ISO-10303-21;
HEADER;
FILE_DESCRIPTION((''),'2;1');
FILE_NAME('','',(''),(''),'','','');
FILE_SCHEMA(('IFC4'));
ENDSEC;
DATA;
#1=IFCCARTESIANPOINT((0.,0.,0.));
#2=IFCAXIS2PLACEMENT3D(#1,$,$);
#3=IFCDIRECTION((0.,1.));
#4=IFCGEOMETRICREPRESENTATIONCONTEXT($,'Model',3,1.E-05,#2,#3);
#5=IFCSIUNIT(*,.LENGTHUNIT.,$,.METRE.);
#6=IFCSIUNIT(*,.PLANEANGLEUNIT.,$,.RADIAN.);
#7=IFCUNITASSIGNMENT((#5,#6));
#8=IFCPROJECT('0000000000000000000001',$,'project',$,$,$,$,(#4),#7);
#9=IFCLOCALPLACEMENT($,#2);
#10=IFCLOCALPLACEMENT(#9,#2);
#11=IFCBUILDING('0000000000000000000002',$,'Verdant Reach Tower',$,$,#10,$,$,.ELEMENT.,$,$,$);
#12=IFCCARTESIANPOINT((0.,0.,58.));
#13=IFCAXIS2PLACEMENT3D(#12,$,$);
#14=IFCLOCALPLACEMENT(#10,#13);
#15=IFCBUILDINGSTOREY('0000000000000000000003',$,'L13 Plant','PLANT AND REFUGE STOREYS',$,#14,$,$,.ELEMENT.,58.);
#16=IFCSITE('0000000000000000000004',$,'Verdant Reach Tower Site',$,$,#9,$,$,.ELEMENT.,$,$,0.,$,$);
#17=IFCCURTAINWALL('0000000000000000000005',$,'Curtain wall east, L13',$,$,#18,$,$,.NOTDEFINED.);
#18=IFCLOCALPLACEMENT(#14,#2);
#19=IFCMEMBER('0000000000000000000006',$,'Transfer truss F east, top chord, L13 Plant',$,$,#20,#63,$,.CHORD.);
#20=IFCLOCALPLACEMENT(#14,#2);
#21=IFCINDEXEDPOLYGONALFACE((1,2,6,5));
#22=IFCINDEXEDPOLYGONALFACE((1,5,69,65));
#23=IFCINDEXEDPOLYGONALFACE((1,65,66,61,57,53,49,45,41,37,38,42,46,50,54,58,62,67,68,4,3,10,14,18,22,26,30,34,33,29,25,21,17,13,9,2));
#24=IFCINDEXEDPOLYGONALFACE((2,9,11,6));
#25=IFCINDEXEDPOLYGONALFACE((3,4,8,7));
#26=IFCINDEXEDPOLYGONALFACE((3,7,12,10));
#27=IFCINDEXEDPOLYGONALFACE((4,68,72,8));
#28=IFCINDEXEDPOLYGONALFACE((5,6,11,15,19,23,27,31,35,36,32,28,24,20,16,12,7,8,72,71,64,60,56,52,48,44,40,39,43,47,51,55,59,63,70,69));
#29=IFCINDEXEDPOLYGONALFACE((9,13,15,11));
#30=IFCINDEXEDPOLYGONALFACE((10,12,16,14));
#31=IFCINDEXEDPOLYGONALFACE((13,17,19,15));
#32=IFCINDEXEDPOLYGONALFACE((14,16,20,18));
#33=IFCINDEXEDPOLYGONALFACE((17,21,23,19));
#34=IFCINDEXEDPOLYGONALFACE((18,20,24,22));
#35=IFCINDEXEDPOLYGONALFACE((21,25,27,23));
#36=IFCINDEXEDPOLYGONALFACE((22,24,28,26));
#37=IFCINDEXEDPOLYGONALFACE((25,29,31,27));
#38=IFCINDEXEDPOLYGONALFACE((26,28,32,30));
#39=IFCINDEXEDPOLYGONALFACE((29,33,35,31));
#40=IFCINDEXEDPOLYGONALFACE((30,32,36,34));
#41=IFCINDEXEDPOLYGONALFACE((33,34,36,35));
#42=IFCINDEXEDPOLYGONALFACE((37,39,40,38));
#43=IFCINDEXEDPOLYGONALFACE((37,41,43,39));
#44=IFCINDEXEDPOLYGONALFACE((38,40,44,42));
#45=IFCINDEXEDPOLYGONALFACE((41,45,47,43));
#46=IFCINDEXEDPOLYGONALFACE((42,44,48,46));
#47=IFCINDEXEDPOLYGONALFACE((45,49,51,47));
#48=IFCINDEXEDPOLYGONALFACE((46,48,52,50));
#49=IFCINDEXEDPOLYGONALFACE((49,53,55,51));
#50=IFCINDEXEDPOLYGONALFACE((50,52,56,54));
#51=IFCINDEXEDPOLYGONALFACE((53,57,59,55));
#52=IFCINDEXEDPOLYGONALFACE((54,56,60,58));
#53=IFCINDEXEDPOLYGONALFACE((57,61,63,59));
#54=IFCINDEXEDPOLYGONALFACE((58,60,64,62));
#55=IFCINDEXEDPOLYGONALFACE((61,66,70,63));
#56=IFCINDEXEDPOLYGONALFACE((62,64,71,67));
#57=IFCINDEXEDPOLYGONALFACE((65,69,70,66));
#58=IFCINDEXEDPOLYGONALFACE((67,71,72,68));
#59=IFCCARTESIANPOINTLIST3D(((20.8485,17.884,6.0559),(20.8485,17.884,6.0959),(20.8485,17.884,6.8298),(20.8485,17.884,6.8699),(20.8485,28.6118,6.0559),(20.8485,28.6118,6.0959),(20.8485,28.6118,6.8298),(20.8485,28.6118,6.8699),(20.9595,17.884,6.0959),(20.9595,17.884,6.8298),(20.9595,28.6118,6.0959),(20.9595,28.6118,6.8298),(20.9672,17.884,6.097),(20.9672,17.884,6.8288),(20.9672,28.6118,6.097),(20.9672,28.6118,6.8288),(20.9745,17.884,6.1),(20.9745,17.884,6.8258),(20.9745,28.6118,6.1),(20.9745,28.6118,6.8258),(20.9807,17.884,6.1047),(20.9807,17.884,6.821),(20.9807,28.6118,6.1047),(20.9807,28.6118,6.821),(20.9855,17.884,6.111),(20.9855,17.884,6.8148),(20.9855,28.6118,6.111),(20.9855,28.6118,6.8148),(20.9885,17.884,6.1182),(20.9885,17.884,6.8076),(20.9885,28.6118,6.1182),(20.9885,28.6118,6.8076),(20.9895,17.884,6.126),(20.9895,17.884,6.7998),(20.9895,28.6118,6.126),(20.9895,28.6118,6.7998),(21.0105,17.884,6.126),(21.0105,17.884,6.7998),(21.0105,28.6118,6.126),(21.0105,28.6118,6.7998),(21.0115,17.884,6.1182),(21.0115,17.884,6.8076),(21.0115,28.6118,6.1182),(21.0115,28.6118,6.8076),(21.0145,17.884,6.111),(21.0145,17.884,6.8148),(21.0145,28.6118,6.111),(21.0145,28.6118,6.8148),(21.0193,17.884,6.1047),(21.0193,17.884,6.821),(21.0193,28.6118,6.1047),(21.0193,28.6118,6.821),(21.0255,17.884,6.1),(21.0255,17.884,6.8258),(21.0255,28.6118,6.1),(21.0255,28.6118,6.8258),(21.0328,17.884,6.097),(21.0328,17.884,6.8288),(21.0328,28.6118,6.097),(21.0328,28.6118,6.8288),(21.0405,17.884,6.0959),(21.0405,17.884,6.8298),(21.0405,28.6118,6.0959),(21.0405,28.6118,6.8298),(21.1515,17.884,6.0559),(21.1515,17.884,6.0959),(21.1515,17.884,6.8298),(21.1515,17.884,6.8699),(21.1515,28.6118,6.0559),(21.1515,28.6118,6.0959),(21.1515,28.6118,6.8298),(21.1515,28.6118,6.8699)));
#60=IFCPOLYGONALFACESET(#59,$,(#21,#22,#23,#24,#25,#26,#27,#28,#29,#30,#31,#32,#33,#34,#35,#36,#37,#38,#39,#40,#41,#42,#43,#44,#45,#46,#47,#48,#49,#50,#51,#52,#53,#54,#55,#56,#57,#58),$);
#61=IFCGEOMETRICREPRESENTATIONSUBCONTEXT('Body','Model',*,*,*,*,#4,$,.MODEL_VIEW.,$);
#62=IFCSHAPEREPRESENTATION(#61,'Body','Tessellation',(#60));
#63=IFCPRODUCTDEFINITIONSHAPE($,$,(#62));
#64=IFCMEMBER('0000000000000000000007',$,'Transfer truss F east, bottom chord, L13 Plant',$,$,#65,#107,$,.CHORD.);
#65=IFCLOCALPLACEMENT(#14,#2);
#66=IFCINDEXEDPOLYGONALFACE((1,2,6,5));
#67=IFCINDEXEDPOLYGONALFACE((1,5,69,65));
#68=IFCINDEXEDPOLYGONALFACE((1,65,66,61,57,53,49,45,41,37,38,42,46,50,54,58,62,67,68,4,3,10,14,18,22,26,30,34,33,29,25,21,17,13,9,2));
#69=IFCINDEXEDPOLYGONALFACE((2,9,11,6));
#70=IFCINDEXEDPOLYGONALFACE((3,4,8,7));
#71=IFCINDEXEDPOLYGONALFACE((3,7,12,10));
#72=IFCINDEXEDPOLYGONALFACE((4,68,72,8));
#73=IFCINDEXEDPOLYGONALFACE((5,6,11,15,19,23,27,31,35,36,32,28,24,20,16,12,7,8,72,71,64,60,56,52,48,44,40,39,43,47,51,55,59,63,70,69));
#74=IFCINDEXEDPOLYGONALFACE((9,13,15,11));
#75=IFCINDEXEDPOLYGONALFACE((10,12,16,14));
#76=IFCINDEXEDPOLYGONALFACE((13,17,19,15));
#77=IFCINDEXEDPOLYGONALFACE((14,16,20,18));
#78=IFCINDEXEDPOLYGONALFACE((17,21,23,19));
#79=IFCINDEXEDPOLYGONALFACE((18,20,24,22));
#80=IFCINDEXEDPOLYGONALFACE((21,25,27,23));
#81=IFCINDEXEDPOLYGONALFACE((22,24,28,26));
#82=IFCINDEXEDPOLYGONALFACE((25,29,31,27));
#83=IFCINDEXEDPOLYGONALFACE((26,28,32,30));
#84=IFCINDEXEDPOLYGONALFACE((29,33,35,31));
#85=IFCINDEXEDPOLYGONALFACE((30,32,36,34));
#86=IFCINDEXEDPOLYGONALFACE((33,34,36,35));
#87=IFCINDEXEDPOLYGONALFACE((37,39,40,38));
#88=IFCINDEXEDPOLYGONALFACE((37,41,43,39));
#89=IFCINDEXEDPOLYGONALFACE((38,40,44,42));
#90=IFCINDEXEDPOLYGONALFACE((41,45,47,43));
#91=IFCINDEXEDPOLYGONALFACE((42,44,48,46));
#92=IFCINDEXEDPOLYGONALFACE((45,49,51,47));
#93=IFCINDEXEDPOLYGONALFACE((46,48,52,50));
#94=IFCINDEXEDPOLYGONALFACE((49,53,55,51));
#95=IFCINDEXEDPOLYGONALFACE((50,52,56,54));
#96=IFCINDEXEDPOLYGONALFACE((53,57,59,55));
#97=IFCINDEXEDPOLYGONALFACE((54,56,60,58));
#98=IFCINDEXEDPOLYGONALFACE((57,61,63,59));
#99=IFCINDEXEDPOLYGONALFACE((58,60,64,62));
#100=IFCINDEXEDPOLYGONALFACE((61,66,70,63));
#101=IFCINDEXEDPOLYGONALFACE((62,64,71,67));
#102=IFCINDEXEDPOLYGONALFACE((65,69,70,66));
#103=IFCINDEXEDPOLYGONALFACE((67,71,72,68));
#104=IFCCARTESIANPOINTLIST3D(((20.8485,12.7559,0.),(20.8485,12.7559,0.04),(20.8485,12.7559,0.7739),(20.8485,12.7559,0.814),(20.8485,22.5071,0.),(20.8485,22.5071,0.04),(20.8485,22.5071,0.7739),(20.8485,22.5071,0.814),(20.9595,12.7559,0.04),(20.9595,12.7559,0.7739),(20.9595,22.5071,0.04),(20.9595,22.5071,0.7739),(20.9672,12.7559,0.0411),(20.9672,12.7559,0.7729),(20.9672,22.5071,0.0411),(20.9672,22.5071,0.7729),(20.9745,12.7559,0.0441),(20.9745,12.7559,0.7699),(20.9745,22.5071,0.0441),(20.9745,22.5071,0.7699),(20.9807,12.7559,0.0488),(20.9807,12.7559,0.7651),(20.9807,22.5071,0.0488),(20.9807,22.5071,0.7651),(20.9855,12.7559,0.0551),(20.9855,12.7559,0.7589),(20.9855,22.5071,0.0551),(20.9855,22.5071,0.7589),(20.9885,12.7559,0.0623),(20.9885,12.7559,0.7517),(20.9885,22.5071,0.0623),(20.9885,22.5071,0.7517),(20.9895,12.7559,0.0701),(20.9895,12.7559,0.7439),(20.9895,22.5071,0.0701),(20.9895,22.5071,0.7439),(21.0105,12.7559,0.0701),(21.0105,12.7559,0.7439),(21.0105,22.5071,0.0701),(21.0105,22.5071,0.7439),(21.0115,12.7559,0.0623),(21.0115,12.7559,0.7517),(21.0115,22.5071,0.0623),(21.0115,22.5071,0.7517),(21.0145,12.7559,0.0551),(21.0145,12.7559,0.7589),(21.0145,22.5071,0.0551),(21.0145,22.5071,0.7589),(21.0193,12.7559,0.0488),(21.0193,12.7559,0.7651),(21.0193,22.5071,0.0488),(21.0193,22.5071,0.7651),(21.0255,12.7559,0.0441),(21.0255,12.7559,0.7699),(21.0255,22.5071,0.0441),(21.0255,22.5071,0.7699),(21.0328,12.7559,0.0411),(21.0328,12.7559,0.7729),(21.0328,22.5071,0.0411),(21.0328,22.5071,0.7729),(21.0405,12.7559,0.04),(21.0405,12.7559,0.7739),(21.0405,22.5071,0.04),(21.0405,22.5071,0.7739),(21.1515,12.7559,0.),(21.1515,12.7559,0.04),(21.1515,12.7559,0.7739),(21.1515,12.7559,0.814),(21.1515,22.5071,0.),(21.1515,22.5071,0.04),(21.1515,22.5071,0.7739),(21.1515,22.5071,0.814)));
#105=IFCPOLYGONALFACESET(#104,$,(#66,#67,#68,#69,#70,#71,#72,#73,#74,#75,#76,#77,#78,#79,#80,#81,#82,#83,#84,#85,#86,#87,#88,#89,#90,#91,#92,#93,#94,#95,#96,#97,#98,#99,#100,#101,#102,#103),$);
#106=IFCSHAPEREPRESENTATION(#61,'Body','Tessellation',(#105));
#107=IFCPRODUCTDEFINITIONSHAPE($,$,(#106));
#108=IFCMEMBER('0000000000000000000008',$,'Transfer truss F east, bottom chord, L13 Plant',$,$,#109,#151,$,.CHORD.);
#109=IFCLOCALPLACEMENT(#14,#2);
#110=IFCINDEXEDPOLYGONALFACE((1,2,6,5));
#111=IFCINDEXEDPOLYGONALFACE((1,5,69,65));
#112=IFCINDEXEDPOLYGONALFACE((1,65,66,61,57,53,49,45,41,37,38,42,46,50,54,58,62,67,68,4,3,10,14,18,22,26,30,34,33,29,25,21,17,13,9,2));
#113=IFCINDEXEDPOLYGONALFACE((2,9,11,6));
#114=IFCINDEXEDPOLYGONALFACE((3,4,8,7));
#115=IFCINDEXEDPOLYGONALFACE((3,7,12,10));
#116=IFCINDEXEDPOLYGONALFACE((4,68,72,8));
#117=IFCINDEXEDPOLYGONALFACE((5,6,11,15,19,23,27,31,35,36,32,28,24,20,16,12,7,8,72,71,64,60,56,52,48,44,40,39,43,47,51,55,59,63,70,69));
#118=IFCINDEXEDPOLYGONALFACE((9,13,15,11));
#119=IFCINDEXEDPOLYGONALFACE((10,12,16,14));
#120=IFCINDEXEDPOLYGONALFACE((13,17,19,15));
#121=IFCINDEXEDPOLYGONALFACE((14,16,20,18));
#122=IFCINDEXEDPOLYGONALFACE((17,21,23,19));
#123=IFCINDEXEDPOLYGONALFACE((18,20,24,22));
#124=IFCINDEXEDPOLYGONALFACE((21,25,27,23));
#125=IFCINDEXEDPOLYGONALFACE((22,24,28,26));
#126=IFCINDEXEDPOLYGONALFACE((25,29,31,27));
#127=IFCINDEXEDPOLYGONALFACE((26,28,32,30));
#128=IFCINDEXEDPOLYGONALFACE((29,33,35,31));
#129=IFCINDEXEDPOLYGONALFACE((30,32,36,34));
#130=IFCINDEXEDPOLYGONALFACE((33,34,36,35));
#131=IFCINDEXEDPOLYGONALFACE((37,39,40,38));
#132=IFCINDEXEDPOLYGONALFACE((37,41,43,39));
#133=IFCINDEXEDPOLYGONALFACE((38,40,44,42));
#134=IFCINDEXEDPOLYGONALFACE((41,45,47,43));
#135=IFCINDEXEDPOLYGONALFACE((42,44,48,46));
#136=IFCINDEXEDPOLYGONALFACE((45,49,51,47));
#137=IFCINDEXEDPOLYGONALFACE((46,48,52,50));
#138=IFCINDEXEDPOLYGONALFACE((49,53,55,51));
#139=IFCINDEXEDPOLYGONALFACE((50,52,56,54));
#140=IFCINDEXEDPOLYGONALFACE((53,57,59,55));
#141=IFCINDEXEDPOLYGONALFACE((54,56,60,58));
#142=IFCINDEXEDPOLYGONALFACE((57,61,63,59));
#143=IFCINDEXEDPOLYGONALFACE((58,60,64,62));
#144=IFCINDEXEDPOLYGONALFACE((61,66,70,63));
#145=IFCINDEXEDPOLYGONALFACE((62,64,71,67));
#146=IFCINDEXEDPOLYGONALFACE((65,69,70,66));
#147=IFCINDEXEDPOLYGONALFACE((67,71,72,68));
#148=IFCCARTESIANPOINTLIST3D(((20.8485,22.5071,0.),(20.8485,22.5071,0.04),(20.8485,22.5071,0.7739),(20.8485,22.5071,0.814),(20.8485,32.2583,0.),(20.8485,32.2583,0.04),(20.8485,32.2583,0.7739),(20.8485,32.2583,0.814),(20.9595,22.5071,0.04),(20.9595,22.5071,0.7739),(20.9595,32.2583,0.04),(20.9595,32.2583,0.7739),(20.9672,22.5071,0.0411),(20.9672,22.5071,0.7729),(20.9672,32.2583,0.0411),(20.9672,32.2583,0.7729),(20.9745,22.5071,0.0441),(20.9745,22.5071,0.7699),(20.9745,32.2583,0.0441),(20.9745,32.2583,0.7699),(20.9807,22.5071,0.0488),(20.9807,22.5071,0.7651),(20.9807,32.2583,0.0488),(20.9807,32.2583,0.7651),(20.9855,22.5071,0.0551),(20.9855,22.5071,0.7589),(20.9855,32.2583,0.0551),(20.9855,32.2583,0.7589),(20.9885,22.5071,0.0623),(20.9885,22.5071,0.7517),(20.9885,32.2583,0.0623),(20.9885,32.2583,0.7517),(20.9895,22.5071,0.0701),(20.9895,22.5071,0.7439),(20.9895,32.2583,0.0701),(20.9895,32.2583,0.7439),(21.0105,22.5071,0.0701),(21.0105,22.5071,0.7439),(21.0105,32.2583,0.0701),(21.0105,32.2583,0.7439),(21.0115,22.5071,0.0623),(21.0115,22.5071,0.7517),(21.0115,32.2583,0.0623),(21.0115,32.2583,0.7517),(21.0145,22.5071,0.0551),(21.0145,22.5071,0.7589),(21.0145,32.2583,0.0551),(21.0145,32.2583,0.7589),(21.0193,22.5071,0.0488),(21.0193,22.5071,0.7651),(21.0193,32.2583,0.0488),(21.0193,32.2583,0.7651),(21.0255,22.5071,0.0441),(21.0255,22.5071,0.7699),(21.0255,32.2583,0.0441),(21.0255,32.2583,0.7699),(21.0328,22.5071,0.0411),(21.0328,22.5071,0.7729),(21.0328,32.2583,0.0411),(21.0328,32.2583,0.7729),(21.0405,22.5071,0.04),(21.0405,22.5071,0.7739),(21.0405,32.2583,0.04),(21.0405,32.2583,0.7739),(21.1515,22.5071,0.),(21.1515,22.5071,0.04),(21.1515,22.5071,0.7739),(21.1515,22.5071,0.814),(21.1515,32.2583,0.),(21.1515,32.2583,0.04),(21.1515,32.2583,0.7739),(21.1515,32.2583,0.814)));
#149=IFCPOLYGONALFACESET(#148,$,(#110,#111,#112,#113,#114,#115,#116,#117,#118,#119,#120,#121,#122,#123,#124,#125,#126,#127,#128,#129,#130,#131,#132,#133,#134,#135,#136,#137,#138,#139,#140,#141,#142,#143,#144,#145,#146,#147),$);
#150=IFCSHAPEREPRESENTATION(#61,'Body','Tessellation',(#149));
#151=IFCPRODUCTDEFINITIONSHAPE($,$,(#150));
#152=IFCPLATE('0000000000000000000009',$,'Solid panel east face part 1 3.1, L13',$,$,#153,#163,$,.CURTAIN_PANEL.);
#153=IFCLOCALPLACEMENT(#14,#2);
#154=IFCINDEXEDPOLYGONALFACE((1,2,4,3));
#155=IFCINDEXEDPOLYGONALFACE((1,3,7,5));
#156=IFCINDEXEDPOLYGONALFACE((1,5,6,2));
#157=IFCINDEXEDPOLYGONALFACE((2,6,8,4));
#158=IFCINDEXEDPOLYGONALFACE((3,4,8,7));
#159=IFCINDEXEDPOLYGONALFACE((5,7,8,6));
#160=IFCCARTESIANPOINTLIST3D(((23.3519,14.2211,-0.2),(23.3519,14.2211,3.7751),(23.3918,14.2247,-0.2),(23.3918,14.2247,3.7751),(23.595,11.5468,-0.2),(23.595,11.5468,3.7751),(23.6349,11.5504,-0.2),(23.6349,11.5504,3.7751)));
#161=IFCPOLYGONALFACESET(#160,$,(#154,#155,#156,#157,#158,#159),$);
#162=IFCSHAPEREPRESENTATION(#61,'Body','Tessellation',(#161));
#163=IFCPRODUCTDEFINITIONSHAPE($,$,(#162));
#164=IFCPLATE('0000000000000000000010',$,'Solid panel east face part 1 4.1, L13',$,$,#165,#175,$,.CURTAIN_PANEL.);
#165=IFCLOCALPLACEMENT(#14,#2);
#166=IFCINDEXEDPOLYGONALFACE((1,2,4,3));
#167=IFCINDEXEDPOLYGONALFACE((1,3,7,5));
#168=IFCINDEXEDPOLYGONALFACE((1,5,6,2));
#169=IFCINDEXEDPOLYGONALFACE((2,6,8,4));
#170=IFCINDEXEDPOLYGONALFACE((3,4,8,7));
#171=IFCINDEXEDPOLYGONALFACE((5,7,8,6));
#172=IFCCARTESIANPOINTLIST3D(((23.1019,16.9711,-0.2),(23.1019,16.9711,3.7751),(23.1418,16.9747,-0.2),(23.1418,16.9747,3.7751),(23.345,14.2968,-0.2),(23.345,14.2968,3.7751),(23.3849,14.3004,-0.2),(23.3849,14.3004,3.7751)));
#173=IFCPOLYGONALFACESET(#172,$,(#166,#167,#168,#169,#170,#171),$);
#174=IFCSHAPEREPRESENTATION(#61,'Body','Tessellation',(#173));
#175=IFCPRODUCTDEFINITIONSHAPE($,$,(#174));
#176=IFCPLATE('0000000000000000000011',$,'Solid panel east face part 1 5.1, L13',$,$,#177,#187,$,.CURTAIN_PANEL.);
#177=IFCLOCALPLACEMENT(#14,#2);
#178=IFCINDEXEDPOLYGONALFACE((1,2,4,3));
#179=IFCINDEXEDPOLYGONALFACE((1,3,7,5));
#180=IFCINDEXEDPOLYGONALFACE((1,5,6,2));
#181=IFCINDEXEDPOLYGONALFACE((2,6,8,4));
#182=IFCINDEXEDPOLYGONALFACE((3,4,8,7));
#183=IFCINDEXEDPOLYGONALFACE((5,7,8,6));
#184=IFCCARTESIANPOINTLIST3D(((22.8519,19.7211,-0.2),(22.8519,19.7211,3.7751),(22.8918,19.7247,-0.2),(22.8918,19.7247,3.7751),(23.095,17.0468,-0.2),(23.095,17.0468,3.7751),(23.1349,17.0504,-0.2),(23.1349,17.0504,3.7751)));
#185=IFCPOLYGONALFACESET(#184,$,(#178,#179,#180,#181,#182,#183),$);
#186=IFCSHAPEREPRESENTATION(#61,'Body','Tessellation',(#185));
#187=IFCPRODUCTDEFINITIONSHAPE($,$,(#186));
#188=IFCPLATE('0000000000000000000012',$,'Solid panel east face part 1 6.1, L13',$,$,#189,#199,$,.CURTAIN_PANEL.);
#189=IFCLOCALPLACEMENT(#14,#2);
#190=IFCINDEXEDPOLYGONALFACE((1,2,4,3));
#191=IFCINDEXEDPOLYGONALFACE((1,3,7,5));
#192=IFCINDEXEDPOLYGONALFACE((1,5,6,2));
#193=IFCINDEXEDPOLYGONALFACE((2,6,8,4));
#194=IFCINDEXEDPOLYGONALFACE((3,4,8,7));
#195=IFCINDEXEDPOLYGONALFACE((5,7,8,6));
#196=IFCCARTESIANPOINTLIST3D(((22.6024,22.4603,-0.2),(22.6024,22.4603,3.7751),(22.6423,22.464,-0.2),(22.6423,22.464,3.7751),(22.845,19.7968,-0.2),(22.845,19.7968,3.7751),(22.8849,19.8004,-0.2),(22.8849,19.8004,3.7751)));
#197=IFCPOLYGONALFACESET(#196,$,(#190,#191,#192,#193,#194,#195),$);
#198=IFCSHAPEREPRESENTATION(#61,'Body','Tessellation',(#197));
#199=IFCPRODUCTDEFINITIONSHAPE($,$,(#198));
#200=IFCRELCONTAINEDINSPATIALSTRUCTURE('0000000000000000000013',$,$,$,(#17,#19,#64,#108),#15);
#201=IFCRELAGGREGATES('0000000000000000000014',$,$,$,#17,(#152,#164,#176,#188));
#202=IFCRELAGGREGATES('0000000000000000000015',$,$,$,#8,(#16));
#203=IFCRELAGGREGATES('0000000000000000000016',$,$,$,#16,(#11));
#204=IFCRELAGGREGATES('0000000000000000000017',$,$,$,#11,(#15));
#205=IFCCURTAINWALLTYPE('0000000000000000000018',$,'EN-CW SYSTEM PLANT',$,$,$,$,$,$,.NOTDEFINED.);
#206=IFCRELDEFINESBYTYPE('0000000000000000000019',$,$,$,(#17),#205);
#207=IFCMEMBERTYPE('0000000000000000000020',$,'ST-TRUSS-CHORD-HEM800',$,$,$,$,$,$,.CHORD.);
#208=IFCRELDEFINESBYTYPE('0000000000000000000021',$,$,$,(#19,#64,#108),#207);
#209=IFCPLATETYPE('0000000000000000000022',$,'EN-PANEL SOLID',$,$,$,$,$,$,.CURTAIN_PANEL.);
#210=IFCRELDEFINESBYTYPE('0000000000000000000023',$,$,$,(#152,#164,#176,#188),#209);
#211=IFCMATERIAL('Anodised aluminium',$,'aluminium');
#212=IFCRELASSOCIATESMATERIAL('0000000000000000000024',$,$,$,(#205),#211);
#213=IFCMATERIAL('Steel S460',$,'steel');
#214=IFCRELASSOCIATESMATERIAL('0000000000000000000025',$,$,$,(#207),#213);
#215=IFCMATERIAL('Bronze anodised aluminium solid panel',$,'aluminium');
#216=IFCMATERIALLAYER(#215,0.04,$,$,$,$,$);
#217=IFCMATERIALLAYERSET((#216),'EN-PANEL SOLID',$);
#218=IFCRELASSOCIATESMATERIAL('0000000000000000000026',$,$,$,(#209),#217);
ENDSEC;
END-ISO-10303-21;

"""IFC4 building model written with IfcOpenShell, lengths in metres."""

from ifc_helpers import new_model, si_unit, direction, frame, origin, origin_2d, place, context, subcontext, project, spatial, rectangle, i_section, extrude, material, layer, layer_set, material_profile, profile_set, type_object, element, aggregate, save


model = new_model("IFC4")

# Units and contexts
model_context = context("Model", 3, precision=1e-05, world=origin(), true_north=direction((0.0, 1.0)))
body_context = subcontext(model_context, "Body", "Model", "MODEL_VIEW")
ifc_project = project(units=[si_unit("LENGTHUNIT", "METRE"), si_unit("PLANEANGLEUNIT", "RADIAN")], contexts=[model_context])

# Site, building, storey
site_placement = place(None, origin())
site = spatial("IfcSite", under=ifc_project, at=site_placement, Name="Verdant Reach Tower Site", CompositionType="ELEMENT", RefElevation=0.0)
building_placement = place(site_placement, origin())
building = spatial("IfcBuilding", under=site, at=building_placement, Name="Verdant Reach Tower", CompositionType="ELEMENT")
storey_placement = place(building_placement, frame((0.0, 0.0, 58.0)))
storey = spatial("IfcBuildingStorey", under=building, at=storey_placement, Name="L13 Plant", Description="PLANT AND REFUGE STOREYS", CompositionType="ELEMENT", Elevation=58.0)

# Shared definitions
ifc_material_1 = material(Name="Steel S460", Category="steel")

# Curtain wall
ifc_material_2 = material(Name="Anodised aluminium", Category="aluminium")
curtain_wall_type = type_object("IfcCurtainWallType", Name="EN-CW SYSTEM PLANT", PredefinedType="NOTDEFINED", material=ifc_material_2)
curtain_wall_placement = place(storey_placement, origin())
curtain_wall = element("IfcCurtainWall", 1, at=curtain_wall_placement, inside=storey, type_object=curtain_wall_type, Name="Curtain wall east, L13", PredefinedType="NOTDEFINED")

# Members
ifc_material_profile_1 = material_profile(ifc_material_1, i_section(OverallWidth=0.303, OverallDepth=0.814, WebThickness=0.021, FlangeThickness=0.04, FilletRadius=0.03, at=origin_2d()), Name="HEM 800")
ifc_profile_set_1 = profile_set([ifc_material_profile_1], Name="Steel S460")
member_type_1 = type_object("IfcMemberType", Name="ST-TRUSS-CHORD-HEM800", PredefinedType="CHORD", material=ifc_profile_set_1)
member_1_placement = place(storey_placement, frame((21.0, 17.884, 6.4629), z_axis=(0.0, 1.0, 0.0), x_axis=(-1.0, 0.0, 0.0)))
element("IfcMember", 2, at=member_1_placement, inside=storey, type_object=member_type_1, Name="Transfer truss F east, top chord, L13 Plant", PredefinedType="CHORD", context=body_context, shape_type="SweptSolid", body=[
    extrude(i_section(OverallWidth=0.303, OverallDepth=0.814, WebThickness=0.021, FlangeThickness=0.04, FilletRadius=0.03, at=origin_2d()), origin(), (0.0, 0.0, 1.0), 10.7278),
])
for number, where, z_axis, x_axis, name in (
    (3, (21.0, 12.7559, 0.407), (0.0, 1.0, 0.0), (-1.0, 0.0, 0.0), "Transfer truss F east, bottom chord, L13 Plant"),
    (4, (21.0, 22.5071, 0.407), (0.0, 1.0, 0.0), (-1.0, 0.0, 0.0), "Transfer truss F east, bottom chord, L13 Plant"),
):
    element("IfcMember", number, at=place(storey_placement, frame(where, z_axis=z_axis, x_axis=x_axis)), inside=storey, type_object=member_type_1, Name=name, PredefinedType="CHORD", context=body_context, shape_type="SweptSolid", body=[
        extrude(i_section(OverallWidth=0.303, OverallDepth=0.814, WebThickness=0.021, FlangeThickness=0.04, FilletRadius=0.03, at=origin_2d()), origin(), (0.0, 0.0, 1.0), 9.7512),
    ])

# Plates
ifc_material_3 = material(Name="Bronze anodised aluminium solid panel", Category="aluminium")
ifc_layer_1 = layer(ifc_material_3, 0.04)
ifc_layer_set_1 = layer_set([ifc_layer_1], Name="EN-PANEL SOLID")
plate_type_1 = type_object("IfcPlateType", Name="EN-PANEL SOLID", PredefinedType="CURTAIN_PANEL", material=ifc_layer_set_1)
plate_1_placement = place(storey_placement, frame((23.4934, 12.8857, -0.2), z_axis=(0.0, 0.0, 1.0), x_axis=(-0.090536, 0.995893, 0.0)))
plate_1 = element("IfcPlate", 5, at=plate_1_placement, type_object=plate_type_1, Name="Solid panel east face part 1 3.1, L13", PredefinedType="CURTAIN_PANEL", context=body_context, shape_type="SweptSolid", body=[
    extrude(rectangle(XDim=2.6853, YDim=0.04, at=origin_2d()), origin(), (0.0, 0.0, 1.0), 3.9751),
])
plate_2_placement = place(storey_placement, frame((23.2434, 15.6357, -0.2), z_axis=(0.0, 0.0, 1.0), x_axis=(-0.090536, 0.995893, 0.0)))
plate_2 = element("IfcPlate", 6, at=plate_2_placement, type_object=plate_type_1, Name="Solid panel east face part 1 4.1, L13", PredefinedType="CURTAIN_PANEL", context=body_context, shape_type="SweptSolid", body=[
    extrude(rectangle(XDim=2.6853, YDim=0.04, at=origin_2d()), origin(), (0.0, 0.0, 1.0), 3.9751),
])
plate_3_placement = place(storey_placement, frame((22.9934, 18.3857, -0.2), z_axis=(0.0, 0.0, 1.0), x_axis=(-0.090536, 0.995893, 0.0)))
plate_3 = element("IfcPlate", 7, at=plate_3_placement, type_object=plate_type_1, Name="Solid panel east face part 1 5.1, L13", PredefinedType="CURTAIN_PANEL", context=body_context, shape_type="SweptSolid", body=[
    extrude(rectangle(XDim=2.6853, YDim=0.04, at=origin_2d()), origin(), (0.0, 0.0, 1.0), 3.9751),
])
plate_4_placement = place(storey_placement, frame((22.7437, 21.1304, -0.2), z_axis=(0.0, 0.0, 1.0), x_axis=(-0.090713, 0.995877, 0.0)))
plate_4 = element("IfcPlate", 8, at=plate_4_placement, type_object=plate_type_1, Name="Solid panel east face part 1 6.1, L13", PredefinedType="CURTAIN_PANEL", context=body_context, shape_type="SweptSolid", body=[
    extrude(rectangle(XDim=2.6746, YDim=0.04, at=origin_2d()), origin(), (0.0, 0.0, 1.0), 3.9751),
])

aggregate(curtain_wall, [plate_1, plate_2, plate_3, plate_4])

save(model, "model.ifc")
